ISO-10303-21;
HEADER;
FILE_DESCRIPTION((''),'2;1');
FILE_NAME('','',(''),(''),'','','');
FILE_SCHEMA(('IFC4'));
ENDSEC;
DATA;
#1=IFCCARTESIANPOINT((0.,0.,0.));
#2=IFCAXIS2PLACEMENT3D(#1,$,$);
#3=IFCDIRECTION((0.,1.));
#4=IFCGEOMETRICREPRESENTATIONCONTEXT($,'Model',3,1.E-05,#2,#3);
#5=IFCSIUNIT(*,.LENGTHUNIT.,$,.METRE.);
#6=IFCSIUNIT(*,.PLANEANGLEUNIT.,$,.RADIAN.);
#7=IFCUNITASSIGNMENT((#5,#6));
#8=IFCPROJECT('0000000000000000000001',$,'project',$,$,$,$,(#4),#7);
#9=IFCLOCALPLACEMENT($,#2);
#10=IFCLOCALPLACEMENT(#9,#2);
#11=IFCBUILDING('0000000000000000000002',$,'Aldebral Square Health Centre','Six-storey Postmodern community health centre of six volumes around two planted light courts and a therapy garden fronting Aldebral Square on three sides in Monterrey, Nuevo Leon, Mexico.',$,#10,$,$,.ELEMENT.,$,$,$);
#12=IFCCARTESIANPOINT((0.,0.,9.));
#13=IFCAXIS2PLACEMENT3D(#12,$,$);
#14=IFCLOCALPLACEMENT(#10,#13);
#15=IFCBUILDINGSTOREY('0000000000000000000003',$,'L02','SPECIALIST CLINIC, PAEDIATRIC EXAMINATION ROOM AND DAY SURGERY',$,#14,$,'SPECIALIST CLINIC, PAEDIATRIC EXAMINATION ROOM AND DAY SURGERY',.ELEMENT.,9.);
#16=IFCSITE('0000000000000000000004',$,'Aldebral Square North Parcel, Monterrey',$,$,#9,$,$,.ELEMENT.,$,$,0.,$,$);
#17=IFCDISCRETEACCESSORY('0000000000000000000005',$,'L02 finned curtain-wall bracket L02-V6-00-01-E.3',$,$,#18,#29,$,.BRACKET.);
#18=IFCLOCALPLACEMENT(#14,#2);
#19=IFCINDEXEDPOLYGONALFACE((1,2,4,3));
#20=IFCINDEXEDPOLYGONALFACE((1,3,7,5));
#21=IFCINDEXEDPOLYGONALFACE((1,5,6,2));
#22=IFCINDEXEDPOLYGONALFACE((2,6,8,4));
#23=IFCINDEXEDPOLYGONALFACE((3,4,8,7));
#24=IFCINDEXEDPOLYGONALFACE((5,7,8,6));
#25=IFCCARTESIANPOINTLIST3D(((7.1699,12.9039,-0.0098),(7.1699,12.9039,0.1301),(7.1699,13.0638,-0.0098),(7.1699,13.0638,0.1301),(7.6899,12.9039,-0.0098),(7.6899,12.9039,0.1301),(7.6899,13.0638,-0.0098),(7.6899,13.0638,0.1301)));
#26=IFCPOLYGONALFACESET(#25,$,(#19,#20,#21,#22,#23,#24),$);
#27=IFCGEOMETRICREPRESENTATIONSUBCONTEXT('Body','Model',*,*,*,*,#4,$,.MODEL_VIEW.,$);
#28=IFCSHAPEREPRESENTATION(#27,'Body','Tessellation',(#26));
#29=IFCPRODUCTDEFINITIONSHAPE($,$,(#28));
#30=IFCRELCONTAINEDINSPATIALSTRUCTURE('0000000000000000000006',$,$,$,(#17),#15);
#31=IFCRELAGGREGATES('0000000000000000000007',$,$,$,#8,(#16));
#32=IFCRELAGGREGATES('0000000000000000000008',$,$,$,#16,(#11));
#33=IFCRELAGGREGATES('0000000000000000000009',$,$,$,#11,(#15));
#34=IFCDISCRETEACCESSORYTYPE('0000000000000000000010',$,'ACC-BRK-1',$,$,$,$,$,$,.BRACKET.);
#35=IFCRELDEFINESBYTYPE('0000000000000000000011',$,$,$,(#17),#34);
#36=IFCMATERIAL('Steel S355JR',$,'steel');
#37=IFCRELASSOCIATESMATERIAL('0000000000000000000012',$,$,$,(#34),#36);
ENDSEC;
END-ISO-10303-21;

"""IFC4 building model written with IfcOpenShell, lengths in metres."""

from ifc_helpers import new_model, si_unit, direction, frame, origin, origin_2d, place, context, subcontext, project, spatial, rectangle, extrude, material, type_object, element, save


model = new_model("IFC4")

# Units and contexts
model_context = context("Model", 3, precision=1e-05, world=origin(), true_north=direction((0.0, 1.0)))
body_context = subcontext(model_context, "Body", "Model", "MODEL_VIEW")
ifc_project = project(units=[si_unit("LENGTHUNIT", "METRE"), si_unit("PLANEANGLEUNIT", "RADIAN")], contexts=[model_context])

# Site, building, storey
site_placement = place(None, origin())
site = spatial("IfcSite", under=ifc_project, at=site_placement, Name="Aldebral Square North Parcel, Monterrey", CompositionType="ELEMENT", RefElevation=0.0)
building_placement = place(site_placement, origin())
building = spatial("IfcBuilding", under=site, at=building_placement, Name="Aldebral Square Health Centre", Description="Six-storey Postmodern community health centre of six volumes around two planted light courts and a therapy garden fronting Aldebral Square on three sides in Monterrey, Nuevo Leon, Mexico.", CompositionType="ELEMENT")
storey_placement = place(building_placement, frame((0.0, 0.0, 9.0)))
storey = spatial("IfcBuildingStorey", under=building, at=storey_placement, Name="L02", Description="SPECIALIST CLINIC, PAEDIATRIC EXAMINATION ROOM AND DAY SURGERY", LongName="SPECIALIST CLINIC, PAEDIATRIC EXAMINATION ROOM AND DAY SURGERY", CompositionType="ELEMENT", Elevation=9.0)

# Discrete accessory
ifc_material_1 = material(Name="Steel S355JR", Category="steel")
discrete_accessory_type = type_object("IfcDiscreteAccessoryType", Name="ACC-BRK-1", PredefinedType="BRACKET", material=ifc_material_1)
discrete_accessory_placement = place(storey_placement, frame((7.4299, 12.9839, -0.0098), z_axis=(0.0, 0.0, 1.0), x_axis=(0.0, 1.0, 0.0)))
element("IfcDiscreteAccessory", 1, at=discrete_accessory_placement, inside=storey, type_object=discrete_accessory_type, Name="L02 finned curtain-wall bracket L02-V6-00-01-E.3", PredefinedType="BRACKET", context=body_context, shape_type="SweptSolid", body=[
    extrude(rectangle(XDim=0.1599, YDim=0.52, at=origin_2d()), origin(), (0.0, 0.0, 1.0), 0.1399),
])

save(model, "model.ifc")
